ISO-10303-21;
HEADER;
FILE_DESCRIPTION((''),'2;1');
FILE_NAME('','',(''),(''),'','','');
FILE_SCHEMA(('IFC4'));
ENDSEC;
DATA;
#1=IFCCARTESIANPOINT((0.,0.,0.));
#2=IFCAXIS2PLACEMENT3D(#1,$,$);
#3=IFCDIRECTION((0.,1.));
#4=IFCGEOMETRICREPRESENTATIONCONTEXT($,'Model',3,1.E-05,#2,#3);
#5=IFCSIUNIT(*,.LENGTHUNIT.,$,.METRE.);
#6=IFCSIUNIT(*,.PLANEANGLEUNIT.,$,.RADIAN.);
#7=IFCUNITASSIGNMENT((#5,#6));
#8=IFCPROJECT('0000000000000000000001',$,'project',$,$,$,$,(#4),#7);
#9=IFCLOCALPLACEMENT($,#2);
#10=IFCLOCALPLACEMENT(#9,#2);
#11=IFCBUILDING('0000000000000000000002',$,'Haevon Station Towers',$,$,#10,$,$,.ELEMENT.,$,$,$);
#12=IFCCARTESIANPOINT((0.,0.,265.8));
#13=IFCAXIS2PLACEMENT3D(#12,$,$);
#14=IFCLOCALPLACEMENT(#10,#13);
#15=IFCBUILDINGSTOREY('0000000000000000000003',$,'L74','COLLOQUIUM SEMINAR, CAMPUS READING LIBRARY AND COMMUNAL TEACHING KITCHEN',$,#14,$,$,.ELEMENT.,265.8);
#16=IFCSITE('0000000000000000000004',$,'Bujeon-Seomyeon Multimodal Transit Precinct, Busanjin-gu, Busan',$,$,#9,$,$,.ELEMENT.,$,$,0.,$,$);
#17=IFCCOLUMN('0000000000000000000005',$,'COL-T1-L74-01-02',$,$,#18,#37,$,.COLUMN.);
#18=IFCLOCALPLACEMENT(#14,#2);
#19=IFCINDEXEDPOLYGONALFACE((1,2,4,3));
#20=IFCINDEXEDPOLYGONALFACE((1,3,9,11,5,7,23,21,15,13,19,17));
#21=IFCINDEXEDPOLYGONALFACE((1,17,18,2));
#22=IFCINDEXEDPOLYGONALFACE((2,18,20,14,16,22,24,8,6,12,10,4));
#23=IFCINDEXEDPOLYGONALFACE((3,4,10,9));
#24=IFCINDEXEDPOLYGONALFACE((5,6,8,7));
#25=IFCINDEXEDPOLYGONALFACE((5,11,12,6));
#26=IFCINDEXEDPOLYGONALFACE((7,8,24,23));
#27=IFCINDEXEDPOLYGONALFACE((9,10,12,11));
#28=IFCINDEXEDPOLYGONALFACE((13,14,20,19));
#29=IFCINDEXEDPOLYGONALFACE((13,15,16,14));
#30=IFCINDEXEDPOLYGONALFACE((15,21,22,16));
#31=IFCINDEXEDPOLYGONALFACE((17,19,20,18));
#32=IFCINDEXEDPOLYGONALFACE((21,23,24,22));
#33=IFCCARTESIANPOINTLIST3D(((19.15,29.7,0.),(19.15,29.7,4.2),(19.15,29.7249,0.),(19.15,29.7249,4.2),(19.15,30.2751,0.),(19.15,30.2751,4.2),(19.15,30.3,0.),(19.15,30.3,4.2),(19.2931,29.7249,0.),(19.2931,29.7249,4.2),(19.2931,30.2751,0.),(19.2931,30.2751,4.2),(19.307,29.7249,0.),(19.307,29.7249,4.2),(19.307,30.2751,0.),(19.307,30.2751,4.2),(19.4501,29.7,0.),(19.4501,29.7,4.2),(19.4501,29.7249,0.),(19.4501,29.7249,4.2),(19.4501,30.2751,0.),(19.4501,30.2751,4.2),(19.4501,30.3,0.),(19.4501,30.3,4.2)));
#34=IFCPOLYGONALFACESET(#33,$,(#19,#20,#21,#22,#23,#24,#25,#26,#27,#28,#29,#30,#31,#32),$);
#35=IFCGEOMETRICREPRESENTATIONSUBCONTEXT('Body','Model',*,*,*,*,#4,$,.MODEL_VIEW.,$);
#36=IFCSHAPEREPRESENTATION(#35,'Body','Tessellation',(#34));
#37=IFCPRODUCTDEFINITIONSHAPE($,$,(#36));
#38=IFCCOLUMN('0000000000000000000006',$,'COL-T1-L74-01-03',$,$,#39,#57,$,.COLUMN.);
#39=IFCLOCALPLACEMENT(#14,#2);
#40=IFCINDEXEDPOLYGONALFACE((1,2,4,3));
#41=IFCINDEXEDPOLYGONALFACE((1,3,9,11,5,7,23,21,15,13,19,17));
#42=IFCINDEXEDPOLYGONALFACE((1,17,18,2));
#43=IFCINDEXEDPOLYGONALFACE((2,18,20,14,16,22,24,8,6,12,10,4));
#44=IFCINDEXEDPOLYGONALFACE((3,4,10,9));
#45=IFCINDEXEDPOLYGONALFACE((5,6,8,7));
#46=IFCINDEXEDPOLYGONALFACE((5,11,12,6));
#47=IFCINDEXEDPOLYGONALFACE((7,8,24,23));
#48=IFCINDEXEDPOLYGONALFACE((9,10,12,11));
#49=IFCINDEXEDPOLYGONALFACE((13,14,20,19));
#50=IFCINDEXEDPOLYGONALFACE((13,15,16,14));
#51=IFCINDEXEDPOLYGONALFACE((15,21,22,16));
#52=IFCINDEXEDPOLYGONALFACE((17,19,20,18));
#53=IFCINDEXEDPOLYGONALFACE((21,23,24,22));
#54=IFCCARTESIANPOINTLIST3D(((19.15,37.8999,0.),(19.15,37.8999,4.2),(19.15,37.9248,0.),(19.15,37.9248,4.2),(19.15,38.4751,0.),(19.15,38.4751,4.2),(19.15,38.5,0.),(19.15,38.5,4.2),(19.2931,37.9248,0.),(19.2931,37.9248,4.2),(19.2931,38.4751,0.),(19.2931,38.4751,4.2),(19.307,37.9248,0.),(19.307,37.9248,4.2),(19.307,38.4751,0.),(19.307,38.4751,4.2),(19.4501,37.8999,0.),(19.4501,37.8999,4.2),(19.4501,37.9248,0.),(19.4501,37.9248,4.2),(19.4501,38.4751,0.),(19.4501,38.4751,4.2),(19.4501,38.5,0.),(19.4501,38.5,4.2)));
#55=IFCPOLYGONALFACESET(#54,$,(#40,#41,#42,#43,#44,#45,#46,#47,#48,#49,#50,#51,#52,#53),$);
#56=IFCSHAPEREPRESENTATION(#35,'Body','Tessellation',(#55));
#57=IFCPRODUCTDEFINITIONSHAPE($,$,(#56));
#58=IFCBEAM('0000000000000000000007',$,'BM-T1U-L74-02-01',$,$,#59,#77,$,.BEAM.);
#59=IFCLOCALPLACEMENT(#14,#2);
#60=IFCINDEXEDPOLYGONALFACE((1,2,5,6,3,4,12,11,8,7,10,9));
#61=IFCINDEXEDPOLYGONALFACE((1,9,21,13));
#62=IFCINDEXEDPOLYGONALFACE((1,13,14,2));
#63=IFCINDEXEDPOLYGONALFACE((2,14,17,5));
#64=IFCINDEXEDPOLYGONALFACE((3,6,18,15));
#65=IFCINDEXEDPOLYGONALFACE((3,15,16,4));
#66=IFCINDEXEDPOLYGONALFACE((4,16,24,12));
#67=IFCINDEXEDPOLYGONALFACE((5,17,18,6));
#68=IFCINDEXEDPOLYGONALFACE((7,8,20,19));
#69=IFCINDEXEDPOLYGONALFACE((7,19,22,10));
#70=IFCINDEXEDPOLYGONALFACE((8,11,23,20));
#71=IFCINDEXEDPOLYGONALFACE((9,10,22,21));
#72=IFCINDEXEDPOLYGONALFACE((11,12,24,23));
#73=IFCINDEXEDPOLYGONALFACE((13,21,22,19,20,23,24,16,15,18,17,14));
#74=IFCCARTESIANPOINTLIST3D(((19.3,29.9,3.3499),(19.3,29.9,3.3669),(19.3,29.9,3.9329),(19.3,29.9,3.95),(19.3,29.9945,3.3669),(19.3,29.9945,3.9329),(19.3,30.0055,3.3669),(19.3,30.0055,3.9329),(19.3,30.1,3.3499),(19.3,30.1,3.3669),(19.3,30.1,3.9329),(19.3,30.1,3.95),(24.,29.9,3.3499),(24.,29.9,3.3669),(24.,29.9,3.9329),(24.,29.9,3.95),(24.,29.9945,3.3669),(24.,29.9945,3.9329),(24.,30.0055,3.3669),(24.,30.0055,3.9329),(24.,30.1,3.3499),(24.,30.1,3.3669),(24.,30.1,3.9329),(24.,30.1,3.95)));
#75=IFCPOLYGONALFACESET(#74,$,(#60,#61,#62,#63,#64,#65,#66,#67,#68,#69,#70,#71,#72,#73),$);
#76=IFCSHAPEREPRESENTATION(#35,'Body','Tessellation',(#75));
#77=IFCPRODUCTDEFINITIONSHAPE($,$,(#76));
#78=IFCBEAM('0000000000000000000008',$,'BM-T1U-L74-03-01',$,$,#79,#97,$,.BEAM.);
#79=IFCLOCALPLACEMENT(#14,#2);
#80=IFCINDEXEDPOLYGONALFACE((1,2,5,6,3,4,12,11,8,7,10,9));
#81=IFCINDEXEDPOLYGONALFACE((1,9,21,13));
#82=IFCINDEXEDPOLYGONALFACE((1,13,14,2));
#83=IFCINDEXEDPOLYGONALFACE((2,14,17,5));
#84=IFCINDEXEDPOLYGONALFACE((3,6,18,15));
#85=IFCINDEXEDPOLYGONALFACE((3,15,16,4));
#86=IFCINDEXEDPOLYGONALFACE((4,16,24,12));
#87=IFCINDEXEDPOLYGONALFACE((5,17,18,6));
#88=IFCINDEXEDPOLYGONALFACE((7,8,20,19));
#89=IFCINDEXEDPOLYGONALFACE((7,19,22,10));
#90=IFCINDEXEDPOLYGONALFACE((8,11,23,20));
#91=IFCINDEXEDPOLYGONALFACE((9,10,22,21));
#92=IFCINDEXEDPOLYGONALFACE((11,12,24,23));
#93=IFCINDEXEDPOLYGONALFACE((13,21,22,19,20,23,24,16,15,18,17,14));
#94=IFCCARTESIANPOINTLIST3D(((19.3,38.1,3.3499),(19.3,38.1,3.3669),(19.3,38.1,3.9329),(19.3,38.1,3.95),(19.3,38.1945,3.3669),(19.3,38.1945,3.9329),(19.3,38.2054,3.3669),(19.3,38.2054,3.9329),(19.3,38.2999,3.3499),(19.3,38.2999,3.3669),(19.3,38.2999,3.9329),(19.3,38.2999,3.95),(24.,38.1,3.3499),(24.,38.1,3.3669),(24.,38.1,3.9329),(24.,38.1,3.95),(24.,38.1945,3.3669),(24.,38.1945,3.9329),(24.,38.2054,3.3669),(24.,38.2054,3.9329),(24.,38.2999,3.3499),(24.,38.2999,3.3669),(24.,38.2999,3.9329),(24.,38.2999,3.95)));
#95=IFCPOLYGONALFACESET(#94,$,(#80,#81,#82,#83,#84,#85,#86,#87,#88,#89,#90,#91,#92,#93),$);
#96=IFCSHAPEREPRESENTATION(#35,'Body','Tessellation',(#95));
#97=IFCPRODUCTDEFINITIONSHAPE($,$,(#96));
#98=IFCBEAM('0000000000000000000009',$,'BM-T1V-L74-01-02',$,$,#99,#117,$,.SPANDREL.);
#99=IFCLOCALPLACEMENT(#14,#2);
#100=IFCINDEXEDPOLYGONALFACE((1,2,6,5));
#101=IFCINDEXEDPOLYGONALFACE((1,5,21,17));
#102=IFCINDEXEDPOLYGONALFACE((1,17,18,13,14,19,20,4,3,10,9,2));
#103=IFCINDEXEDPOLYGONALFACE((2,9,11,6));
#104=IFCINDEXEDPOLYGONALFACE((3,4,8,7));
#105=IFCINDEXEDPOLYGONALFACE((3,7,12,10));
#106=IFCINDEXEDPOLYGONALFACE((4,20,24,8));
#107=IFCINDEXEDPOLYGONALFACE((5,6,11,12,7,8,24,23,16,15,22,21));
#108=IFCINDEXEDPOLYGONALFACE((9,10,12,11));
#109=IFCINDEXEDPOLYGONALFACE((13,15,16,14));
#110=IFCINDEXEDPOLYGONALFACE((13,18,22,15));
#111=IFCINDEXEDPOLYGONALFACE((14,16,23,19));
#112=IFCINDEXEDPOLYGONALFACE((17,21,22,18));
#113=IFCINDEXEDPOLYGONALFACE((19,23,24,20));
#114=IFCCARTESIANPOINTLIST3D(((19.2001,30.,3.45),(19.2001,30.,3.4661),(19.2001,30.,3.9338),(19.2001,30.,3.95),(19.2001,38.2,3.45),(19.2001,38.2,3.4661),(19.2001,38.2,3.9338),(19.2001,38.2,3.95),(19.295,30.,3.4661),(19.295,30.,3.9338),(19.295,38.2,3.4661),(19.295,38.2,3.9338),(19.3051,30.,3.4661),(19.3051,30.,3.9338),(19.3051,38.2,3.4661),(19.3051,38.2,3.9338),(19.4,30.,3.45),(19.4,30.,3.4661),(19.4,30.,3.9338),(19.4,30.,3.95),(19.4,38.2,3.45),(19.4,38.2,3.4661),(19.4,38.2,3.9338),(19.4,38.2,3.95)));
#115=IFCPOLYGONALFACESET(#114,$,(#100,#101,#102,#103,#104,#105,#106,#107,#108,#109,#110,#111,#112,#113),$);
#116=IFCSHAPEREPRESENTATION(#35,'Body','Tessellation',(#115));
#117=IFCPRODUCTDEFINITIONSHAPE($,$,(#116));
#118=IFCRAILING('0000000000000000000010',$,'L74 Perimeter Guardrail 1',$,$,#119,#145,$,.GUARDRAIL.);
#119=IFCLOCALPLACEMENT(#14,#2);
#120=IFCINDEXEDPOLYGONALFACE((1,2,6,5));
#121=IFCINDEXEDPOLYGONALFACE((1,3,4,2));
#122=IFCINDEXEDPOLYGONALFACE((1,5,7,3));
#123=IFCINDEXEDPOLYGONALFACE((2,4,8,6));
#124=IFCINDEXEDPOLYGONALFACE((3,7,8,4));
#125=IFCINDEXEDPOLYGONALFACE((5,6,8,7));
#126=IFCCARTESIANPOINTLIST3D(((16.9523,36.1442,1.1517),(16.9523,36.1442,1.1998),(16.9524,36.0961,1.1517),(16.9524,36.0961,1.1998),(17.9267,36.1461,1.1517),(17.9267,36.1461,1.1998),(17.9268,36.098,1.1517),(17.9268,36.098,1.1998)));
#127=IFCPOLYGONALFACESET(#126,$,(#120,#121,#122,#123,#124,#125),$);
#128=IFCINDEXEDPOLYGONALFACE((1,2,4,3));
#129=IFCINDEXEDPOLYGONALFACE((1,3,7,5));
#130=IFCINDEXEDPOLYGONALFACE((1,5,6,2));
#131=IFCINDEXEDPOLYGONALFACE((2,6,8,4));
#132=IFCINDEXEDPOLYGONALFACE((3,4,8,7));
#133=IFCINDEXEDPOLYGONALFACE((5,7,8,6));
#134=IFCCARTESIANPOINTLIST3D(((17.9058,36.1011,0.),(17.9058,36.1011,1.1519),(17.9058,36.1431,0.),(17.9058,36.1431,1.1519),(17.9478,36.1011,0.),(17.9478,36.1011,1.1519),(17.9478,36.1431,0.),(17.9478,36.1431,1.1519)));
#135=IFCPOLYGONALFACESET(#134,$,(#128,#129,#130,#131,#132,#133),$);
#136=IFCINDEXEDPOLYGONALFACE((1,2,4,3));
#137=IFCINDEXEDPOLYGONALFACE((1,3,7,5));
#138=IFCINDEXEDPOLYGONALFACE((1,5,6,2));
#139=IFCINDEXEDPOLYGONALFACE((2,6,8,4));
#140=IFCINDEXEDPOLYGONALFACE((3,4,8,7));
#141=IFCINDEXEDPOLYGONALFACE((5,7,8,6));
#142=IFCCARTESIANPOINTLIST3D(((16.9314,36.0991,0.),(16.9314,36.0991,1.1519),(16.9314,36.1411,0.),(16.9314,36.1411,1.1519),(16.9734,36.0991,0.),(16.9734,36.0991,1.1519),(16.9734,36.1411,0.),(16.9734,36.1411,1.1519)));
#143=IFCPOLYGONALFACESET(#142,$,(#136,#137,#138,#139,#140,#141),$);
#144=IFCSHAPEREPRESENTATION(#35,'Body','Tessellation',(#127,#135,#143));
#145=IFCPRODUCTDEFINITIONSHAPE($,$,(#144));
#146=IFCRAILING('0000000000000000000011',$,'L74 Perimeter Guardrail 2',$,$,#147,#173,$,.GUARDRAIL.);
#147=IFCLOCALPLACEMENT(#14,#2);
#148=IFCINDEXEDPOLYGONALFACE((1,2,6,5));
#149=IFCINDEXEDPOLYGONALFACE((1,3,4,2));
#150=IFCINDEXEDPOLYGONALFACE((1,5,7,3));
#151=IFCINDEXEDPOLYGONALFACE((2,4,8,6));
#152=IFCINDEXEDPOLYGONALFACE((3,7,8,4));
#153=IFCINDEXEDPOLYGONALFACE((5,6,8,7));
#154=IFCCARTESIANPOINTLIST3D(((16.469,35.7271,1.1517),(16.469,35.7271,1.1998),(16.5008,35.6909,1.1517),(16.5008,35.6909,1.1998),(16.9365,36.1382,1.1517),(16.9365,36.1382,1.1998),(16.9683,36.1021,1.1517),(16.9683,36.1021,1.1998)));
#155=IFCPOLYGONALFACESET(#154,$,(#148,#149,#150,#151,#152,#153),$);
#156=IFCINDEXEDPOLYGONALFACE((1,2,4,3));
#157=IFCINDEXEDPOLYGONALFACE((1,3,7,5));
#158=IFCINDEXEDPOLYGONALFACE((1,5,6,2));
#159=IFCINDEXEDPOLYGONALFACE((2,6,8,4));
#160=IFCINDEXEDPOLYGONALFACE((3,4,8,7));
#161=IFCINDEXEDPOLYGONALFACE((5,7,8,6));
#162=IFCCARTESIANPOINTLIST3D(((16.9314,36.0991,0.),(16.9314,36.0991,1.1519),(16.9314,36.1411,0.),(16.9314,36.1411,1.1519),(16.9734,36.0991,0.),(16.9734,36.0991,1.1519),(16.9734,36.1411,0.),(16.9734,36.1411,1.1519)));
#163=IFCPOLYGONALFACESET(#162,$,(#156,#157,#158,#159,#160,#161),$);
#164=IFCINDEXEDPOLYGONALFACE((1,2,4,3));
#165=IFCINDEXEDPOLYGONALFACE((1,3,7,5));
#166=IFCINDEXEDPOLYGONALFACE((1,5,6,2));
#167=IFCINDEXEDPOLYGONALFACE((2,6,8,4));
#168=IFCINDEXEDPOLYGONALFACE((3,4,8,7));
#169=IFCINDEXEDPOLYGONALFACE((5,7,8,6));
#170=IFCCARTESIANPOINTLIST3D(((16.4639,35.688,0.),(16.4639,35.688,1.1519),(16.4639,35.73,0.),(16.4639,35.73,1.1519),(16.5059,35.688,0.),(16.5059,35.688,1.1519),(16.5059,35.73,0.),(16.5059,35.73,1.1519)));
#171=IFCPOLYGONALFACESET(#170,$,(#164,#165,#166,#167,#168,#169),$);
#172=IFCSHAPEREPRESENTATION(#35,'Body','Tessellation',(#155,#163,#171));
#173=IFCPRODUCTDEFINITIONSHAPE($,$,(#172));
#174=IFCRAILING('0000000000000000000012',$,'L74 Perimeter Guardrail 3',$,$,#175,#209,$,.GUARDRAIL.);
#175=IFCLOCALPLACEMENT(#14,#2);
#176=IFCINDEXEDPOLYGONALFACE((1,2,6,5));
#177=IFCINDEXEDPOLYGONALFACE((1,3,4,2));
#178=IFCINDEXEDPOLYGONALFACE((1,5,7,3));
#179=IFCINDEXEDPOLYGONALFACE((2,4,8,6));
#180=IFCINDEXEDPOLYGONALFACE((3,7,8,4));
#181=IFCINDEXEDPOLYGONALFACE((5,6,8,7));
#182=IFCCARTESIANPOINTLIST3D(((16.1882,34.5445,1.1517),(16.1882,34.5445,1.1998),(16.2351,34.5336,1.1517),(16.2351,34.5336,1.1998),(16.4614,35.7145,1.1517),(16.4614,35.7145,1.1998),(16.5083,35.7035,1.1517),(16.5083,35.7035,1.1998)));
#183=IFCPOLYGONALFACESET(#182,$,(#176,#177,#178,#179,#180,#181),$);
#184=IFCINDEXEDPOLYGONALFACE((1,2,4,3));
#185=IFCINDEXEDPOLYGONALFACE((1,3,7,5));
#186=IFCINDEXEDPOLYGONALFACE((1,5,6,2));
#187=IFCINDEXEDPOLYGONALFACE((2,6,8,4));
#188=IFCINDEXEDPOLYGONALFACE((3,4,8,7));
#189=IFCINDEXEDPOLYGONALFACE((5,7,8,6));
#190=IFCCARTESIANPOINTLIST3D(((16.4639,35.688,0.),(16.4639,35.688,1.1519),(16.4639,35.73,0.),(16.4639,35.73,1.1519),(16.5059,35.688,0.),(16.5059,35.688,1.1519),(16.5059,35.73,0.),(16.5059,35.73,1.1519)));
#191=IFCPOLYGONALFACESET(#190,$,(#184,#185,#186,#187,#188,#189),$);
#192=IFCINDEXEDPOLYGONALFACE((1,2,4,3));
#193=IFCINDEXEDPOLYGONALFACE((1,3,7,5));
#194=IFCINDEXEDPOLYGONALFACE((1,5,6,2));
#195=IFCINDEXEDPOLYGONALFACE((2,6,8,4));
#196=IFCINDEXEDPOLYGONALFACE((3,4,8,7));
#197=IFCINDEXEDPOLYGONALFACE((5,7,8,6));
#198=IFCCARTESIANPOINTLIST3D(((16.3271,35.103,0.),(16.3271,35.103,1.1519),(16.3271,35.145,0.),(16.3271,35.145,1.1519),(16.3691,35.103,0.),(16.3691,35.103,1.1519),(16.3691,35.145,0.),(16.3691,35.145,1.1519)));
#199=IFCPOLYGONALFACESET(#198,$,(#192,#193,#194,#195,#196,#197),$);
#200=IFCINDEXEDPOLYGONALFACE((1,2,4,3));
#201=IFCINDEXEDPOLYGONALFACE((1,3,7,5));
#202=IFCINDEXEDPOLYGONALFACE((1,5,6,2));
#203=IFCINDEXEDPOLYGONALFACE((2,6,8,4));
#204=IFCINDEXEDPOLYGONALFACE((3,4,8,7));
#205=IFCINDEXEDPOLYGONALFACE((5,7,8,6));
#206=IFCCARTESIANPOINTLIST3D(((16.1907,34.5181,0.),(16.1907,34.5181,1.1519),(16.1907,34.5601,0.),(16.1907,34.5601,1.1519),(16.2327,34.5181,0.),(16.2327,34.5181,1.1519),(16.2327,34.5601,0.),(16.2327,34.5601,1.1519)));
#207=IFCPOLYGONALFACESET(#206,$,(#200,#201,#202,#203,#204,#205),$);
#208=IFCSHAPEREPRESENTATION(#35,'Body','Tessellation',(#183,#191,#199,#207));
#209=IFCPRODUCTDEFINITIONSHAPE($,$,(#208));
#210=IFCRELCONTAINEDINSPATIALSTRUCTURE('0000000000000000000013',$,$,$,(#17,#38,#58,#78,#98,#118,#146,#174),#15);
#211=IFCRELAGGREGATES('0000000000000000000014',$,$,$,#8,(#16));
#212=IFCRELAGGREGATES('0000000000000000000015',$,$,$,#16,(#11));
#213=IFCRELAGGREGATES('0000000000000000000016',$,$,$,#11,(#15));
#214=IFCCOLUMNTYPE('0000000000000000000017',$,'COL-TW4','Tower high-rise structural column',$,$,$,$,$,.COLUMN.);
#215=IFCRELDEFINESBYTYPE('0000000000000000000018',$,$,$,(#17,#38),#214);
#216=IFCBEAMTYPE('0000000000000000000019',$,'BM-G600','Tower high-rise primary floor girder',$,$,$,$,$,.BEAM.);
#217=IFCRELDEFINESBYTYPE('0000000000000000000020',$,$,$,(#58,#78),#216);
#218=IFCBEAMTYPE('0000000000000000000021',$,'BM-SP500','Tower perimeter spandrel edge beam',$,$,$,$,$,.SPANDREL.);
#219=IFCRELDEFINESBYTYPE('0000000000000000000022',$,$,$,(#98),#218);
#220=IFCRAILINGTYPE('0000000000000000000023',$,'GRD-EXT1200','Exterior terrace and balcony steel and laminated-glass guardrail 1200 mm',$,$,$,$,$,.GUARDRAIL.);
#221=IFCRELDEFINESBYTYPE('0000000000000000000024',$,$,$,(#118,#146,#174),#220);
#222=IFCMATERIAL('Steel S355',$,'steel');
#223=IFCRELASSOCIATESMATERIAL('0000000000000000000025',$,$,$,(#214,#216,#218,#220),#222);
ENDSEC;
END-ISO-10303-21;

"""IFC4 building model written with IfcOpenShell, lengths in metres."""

from ifc_helpers import new_model, si_unit, direction, frame, origin, origin_2d, place, context, subcontext, project, spatial, rectangle, i_section, extrude, material, material_profile, profile_set, type_object, element, save


model = new_model("IFC4")

# Units and contexts
model_context = context("Model", 3, precision=1e-05, world=origin(), true_north=direction((0.0, 1.0)))
body_context = subcontext(model_context, "Body", "Model", "MODEL_VIEW")
ifc_project = project(units=[si_unit("LENGTHUNIT", "METRE"), si_unit("PLANEANGLEUNIT", "RADIAN")], contexts=[model_context])

# Site, building, storey
site_placement = place(None, origin())
site = spatial("IfcSite", under=ifc_project, at=site_placement, Name="Bujeon-Seomyeon Multimodal Transit Precinct, Busanjin-gu, Busan", CompositionType="ELEMENT", RefElevation=0.0)
building_placement = place(site_placement, origin())
building = spatial("IfcBuilding", under=site, at=building_placement, Name="Haevon Station Towers", CompositionType="ELEMENT")
storey_placement = place(building_placement, frame((0.0, 0.0, 265.8)))
storey = spatial("IfcBuildingStorey", under=building, at=storey_placement, Name="L74", Description="COLLOQUIUM SEMINAR, CAMPUS READING LIBRARY AND COMMUNAL TEACHING KITCHEN", CompositionType="ELEMENT", Elevation=265.8)

# Columns
ifc_material_1 = material(Name="Steel S355", Category="steel")
ifc_material_profile_1 = material_profile(ifc_material_1, i_section(OverallWidth=0.3, OverallDepth=0.6001, WebThickness=0.0139, FlangeThickness=0.0249, at=origin_2d()), Name="H-600x300x14x25")
ifc_profile_set_1 = profile_set([ifc_material_profile_1], Name="Steel S355")
column_type = type_object("IfcColumnType", Name="COL-TW4", Description="Tower high-rise structural column", PredefinedType="COLUMN", material=ifc_profile_set_1)
for number, where, z_axis, x_axis, name in (
    (1, (19.3, 30.0, 0.0), (0.0, 0.0, 1.0), (1.0, 0.0, 0.0), "COL-T1-L74-01-02"),
    (2, (19.3, 38.2, 0.0), (0.0, 0.0, 1.0), (1.0, 0.0, 0.0), "COL-T1-L74-01-03"),
):
    element("IfcColumn", number, at=place(storey_placement, frame(where, z_axis=z_axis, x_axis=x_axis)), inside=storey, type_object=column_type, Name=name, PredefinedType="COLUMN", context=body_context, shape_type="SweptSolid", body=[
        extrude(i_section(OverallWidth=0.3, OverallDepth=0.6001, WebThickness=0.0139, FlangeThickness=0.0249, at=origin_2d()), origin(), (0.0, 0.0, 1.0), 4.2),
    ])

# Beams
ifc_material_profile_2 = material_profile(ifc_material_1, i_section(OverallWidth=0.2, OverallDepth=0.6001, WebThickness=0.011, FlangeThickness=0.0171, at=origin_2d()), Name="H-600x200x11x17")
ifc_profile_set_2 = profile_set([ifc_material_profile_2], Name="Steel S355")
beam_type_1 = type_object("IfcBeamType", Name="BM-G600", Description="Tower high-rise primary floor girder", PredefinedType="BEAM", material=ifc_profile_set_2)
for number, where, z_axis, x_axis, name in (
    (3, (19.3, 30.0, 3.6499), (1.0, 0.0, 0.0), (0.0, 1.0, 0.0), "BM-T1U-L74-02-01"),
    (4, (19.3, 38.2, 3.6499), (1.0, 0.0, 0.0), (0.0, 1.0, 0.0), "BM-T1U-L74-03-01"),
):
    element("IfcBeam", number, at=place(storey_placement, frame(where, z_axis=z_axis, x_axis=x_axis)), inside=storey, type_object=beam_type_1, Name=name, PredefinedType="BEAM", context=body_context, shape_type="SweptSolid", body=[
        extrude(i_section(OverallWidth=0.2, OverallDepth=0.6001, WebThickness=0.011, FlangeThickness=0.0171, at=origin_2d()), origin(), (0.0, 0.0, 1.0), 4.7),
    ])
ifc_material_profile_3 = material_profile(ifc_material_1, i_section(OverallWidth=0.2, OverallDepth=0.5, WebThickness=0.01, FlangeThickness=0.0161, at=origin_2d()), Name="H-500x200x10x16")
ifc_profile_set_3 = profile_set([ifc_material_profile_3], Name="Steel S355")
beam_type_2 = type_object("IfcBeamType", Name="BM-SP500", Description="Tower perimeter spandrel edge beam", PredefinedType="SPANDREL", material=ifc_profile_set_3)
beam_placement = place(storey_placement, frame((19.3, 30.0, 3.7), z_axis=(0.0, 1.0, 0.0), x_axis=(-1.0, 0.0, 0.0)))
element("IfcBeam", 5, at=beam_placement, inside=storey, type_object=beam_type_2, Name="BM-T1V-L74-01-02", PredefinedType="SPANDREL", context=body_context, shape_type="SweptSolid", body=[
    extrude(i_section(OverallWidth=0.2, OverallDepth=0.5, WebThickness=0.01, FlangeThickness=0.0161, at=origin_2d()), origin(), (0.0, 0.0, 1.0), 8.2),
])

# Railings
railing_type = type_object("IfcRailingType", Name="GRD-EXT1200", Description="Exterior terrace and balcony steel and laminated-glass guardrail 1200 mm", PredefinedType="GUARDRAIL", material=ifc_material_1)
railing_1_placement = place(storey_placement, frame((17.9268, 36.1221, 0.0)))
element("IfcRailing", 6, at=railing_1_placement, inside=storey, type_object=railing_type, Name="L74 Perimeter Guardrail 1", PredefinedType="GUARDRAIL", context=body_context, shape_type="SweptSolid", body=[
    extrude(rectangle(XDim=0.0481, YDim=0.0481, at=origin_2d()), frame((0.0, 0.0, 1.1758), z_axis=(-0.999998, -0.002005, 0.0), x_axis=(0.002005, -0.999998, 0.0)), (0.0, 0.0, 1.0), 0.9744),
    extrude(rectangle(XDim=0.042, YDim=0.042, at=origin_2d()), origin(), (0.0, 0.0, 1.0), 1.1519),
    extrude(rectangle(XDim=0.042, YDim=0.042, at=origin_2d()), frame((-0.9744, -0.002, 0.0)), (0.0, 0.0, 1.0), 1.1519),
])
railing_2_placement = place(storey_placement, frame((16.9524, 36.1201, 0.0)))
element("IfcRailing", 7, at=railing_2_placement, inside=storey, type_object=railing_type, Name="L74 Perimeter Guardrail 2", PredefinedType="GUARDRAIL", context=body_context, shape_type="SweptSolid", body=[
    extrude(rectangle(XDim=0.0481, YDim=0.0481, at=origin_2d()), frame((0.0, 0.0, 1.1758), z_axis=(-0.750947, -0.660363, 0.0), x_axis=(0.660363, -0.750947, 0.0)), (0.0, 0.0, 1.0), 0.6226),
    extrude(rectangle(XDim=0.042, YDim=0.042, at=origin_2d()), origin(), (0.0, 0.0, 1.0), 1.1519),
    extrude(rectangle(XDim=0.042, YDim=0.042, at=origin_2d()), frame((-0.4675, -0.4111, 0.0)), (0.0, 0.0, 1.0), 1.1519),
])
railing_3_placement = place(storey_placement, frame((16.4849, 35.709, 0.0)))
element("IfcRailing", 8, at=railing_3_placement, inside=storey, type_object=railing_type, Name="L74 Perimeter Guardrail 3", PredefinedType="GUARDRAIL", context=body_context, shape_type="SweptSolid", body=[
    extrude(rectangle(XDim=0.0481, YDim=0.0481, at=origin_2d()), frame((0.0, 0.0, 1.1758), z_axis=(-0.227397, -0.973802, 0.0), x_axis=(0.973802, -0.227397, 0.0)), (0.0, 0.0, 1.0), 1.2014),
    extrude(rectangle(XDim=0.042, YDim=0.042, at=origin_2d()), origin(), (0.0, 0.0, 1.0), 1.1519),
    extrude(rectangle(XDim=0.042, YDim=0.042, at=origin_2d()), frame((-0.1367, -0.585, 0.0)), (0.0, 0.0, 1.0), 1.1519),
    extrude(rectangle(XDim=0.042, YDim=0.042, at=origin_2d()), frame((-0.2732, -1.1699, 0.0)), (0.0, 0.0, 1.0), 1.1519),
])

save(model, "model.ifc")
